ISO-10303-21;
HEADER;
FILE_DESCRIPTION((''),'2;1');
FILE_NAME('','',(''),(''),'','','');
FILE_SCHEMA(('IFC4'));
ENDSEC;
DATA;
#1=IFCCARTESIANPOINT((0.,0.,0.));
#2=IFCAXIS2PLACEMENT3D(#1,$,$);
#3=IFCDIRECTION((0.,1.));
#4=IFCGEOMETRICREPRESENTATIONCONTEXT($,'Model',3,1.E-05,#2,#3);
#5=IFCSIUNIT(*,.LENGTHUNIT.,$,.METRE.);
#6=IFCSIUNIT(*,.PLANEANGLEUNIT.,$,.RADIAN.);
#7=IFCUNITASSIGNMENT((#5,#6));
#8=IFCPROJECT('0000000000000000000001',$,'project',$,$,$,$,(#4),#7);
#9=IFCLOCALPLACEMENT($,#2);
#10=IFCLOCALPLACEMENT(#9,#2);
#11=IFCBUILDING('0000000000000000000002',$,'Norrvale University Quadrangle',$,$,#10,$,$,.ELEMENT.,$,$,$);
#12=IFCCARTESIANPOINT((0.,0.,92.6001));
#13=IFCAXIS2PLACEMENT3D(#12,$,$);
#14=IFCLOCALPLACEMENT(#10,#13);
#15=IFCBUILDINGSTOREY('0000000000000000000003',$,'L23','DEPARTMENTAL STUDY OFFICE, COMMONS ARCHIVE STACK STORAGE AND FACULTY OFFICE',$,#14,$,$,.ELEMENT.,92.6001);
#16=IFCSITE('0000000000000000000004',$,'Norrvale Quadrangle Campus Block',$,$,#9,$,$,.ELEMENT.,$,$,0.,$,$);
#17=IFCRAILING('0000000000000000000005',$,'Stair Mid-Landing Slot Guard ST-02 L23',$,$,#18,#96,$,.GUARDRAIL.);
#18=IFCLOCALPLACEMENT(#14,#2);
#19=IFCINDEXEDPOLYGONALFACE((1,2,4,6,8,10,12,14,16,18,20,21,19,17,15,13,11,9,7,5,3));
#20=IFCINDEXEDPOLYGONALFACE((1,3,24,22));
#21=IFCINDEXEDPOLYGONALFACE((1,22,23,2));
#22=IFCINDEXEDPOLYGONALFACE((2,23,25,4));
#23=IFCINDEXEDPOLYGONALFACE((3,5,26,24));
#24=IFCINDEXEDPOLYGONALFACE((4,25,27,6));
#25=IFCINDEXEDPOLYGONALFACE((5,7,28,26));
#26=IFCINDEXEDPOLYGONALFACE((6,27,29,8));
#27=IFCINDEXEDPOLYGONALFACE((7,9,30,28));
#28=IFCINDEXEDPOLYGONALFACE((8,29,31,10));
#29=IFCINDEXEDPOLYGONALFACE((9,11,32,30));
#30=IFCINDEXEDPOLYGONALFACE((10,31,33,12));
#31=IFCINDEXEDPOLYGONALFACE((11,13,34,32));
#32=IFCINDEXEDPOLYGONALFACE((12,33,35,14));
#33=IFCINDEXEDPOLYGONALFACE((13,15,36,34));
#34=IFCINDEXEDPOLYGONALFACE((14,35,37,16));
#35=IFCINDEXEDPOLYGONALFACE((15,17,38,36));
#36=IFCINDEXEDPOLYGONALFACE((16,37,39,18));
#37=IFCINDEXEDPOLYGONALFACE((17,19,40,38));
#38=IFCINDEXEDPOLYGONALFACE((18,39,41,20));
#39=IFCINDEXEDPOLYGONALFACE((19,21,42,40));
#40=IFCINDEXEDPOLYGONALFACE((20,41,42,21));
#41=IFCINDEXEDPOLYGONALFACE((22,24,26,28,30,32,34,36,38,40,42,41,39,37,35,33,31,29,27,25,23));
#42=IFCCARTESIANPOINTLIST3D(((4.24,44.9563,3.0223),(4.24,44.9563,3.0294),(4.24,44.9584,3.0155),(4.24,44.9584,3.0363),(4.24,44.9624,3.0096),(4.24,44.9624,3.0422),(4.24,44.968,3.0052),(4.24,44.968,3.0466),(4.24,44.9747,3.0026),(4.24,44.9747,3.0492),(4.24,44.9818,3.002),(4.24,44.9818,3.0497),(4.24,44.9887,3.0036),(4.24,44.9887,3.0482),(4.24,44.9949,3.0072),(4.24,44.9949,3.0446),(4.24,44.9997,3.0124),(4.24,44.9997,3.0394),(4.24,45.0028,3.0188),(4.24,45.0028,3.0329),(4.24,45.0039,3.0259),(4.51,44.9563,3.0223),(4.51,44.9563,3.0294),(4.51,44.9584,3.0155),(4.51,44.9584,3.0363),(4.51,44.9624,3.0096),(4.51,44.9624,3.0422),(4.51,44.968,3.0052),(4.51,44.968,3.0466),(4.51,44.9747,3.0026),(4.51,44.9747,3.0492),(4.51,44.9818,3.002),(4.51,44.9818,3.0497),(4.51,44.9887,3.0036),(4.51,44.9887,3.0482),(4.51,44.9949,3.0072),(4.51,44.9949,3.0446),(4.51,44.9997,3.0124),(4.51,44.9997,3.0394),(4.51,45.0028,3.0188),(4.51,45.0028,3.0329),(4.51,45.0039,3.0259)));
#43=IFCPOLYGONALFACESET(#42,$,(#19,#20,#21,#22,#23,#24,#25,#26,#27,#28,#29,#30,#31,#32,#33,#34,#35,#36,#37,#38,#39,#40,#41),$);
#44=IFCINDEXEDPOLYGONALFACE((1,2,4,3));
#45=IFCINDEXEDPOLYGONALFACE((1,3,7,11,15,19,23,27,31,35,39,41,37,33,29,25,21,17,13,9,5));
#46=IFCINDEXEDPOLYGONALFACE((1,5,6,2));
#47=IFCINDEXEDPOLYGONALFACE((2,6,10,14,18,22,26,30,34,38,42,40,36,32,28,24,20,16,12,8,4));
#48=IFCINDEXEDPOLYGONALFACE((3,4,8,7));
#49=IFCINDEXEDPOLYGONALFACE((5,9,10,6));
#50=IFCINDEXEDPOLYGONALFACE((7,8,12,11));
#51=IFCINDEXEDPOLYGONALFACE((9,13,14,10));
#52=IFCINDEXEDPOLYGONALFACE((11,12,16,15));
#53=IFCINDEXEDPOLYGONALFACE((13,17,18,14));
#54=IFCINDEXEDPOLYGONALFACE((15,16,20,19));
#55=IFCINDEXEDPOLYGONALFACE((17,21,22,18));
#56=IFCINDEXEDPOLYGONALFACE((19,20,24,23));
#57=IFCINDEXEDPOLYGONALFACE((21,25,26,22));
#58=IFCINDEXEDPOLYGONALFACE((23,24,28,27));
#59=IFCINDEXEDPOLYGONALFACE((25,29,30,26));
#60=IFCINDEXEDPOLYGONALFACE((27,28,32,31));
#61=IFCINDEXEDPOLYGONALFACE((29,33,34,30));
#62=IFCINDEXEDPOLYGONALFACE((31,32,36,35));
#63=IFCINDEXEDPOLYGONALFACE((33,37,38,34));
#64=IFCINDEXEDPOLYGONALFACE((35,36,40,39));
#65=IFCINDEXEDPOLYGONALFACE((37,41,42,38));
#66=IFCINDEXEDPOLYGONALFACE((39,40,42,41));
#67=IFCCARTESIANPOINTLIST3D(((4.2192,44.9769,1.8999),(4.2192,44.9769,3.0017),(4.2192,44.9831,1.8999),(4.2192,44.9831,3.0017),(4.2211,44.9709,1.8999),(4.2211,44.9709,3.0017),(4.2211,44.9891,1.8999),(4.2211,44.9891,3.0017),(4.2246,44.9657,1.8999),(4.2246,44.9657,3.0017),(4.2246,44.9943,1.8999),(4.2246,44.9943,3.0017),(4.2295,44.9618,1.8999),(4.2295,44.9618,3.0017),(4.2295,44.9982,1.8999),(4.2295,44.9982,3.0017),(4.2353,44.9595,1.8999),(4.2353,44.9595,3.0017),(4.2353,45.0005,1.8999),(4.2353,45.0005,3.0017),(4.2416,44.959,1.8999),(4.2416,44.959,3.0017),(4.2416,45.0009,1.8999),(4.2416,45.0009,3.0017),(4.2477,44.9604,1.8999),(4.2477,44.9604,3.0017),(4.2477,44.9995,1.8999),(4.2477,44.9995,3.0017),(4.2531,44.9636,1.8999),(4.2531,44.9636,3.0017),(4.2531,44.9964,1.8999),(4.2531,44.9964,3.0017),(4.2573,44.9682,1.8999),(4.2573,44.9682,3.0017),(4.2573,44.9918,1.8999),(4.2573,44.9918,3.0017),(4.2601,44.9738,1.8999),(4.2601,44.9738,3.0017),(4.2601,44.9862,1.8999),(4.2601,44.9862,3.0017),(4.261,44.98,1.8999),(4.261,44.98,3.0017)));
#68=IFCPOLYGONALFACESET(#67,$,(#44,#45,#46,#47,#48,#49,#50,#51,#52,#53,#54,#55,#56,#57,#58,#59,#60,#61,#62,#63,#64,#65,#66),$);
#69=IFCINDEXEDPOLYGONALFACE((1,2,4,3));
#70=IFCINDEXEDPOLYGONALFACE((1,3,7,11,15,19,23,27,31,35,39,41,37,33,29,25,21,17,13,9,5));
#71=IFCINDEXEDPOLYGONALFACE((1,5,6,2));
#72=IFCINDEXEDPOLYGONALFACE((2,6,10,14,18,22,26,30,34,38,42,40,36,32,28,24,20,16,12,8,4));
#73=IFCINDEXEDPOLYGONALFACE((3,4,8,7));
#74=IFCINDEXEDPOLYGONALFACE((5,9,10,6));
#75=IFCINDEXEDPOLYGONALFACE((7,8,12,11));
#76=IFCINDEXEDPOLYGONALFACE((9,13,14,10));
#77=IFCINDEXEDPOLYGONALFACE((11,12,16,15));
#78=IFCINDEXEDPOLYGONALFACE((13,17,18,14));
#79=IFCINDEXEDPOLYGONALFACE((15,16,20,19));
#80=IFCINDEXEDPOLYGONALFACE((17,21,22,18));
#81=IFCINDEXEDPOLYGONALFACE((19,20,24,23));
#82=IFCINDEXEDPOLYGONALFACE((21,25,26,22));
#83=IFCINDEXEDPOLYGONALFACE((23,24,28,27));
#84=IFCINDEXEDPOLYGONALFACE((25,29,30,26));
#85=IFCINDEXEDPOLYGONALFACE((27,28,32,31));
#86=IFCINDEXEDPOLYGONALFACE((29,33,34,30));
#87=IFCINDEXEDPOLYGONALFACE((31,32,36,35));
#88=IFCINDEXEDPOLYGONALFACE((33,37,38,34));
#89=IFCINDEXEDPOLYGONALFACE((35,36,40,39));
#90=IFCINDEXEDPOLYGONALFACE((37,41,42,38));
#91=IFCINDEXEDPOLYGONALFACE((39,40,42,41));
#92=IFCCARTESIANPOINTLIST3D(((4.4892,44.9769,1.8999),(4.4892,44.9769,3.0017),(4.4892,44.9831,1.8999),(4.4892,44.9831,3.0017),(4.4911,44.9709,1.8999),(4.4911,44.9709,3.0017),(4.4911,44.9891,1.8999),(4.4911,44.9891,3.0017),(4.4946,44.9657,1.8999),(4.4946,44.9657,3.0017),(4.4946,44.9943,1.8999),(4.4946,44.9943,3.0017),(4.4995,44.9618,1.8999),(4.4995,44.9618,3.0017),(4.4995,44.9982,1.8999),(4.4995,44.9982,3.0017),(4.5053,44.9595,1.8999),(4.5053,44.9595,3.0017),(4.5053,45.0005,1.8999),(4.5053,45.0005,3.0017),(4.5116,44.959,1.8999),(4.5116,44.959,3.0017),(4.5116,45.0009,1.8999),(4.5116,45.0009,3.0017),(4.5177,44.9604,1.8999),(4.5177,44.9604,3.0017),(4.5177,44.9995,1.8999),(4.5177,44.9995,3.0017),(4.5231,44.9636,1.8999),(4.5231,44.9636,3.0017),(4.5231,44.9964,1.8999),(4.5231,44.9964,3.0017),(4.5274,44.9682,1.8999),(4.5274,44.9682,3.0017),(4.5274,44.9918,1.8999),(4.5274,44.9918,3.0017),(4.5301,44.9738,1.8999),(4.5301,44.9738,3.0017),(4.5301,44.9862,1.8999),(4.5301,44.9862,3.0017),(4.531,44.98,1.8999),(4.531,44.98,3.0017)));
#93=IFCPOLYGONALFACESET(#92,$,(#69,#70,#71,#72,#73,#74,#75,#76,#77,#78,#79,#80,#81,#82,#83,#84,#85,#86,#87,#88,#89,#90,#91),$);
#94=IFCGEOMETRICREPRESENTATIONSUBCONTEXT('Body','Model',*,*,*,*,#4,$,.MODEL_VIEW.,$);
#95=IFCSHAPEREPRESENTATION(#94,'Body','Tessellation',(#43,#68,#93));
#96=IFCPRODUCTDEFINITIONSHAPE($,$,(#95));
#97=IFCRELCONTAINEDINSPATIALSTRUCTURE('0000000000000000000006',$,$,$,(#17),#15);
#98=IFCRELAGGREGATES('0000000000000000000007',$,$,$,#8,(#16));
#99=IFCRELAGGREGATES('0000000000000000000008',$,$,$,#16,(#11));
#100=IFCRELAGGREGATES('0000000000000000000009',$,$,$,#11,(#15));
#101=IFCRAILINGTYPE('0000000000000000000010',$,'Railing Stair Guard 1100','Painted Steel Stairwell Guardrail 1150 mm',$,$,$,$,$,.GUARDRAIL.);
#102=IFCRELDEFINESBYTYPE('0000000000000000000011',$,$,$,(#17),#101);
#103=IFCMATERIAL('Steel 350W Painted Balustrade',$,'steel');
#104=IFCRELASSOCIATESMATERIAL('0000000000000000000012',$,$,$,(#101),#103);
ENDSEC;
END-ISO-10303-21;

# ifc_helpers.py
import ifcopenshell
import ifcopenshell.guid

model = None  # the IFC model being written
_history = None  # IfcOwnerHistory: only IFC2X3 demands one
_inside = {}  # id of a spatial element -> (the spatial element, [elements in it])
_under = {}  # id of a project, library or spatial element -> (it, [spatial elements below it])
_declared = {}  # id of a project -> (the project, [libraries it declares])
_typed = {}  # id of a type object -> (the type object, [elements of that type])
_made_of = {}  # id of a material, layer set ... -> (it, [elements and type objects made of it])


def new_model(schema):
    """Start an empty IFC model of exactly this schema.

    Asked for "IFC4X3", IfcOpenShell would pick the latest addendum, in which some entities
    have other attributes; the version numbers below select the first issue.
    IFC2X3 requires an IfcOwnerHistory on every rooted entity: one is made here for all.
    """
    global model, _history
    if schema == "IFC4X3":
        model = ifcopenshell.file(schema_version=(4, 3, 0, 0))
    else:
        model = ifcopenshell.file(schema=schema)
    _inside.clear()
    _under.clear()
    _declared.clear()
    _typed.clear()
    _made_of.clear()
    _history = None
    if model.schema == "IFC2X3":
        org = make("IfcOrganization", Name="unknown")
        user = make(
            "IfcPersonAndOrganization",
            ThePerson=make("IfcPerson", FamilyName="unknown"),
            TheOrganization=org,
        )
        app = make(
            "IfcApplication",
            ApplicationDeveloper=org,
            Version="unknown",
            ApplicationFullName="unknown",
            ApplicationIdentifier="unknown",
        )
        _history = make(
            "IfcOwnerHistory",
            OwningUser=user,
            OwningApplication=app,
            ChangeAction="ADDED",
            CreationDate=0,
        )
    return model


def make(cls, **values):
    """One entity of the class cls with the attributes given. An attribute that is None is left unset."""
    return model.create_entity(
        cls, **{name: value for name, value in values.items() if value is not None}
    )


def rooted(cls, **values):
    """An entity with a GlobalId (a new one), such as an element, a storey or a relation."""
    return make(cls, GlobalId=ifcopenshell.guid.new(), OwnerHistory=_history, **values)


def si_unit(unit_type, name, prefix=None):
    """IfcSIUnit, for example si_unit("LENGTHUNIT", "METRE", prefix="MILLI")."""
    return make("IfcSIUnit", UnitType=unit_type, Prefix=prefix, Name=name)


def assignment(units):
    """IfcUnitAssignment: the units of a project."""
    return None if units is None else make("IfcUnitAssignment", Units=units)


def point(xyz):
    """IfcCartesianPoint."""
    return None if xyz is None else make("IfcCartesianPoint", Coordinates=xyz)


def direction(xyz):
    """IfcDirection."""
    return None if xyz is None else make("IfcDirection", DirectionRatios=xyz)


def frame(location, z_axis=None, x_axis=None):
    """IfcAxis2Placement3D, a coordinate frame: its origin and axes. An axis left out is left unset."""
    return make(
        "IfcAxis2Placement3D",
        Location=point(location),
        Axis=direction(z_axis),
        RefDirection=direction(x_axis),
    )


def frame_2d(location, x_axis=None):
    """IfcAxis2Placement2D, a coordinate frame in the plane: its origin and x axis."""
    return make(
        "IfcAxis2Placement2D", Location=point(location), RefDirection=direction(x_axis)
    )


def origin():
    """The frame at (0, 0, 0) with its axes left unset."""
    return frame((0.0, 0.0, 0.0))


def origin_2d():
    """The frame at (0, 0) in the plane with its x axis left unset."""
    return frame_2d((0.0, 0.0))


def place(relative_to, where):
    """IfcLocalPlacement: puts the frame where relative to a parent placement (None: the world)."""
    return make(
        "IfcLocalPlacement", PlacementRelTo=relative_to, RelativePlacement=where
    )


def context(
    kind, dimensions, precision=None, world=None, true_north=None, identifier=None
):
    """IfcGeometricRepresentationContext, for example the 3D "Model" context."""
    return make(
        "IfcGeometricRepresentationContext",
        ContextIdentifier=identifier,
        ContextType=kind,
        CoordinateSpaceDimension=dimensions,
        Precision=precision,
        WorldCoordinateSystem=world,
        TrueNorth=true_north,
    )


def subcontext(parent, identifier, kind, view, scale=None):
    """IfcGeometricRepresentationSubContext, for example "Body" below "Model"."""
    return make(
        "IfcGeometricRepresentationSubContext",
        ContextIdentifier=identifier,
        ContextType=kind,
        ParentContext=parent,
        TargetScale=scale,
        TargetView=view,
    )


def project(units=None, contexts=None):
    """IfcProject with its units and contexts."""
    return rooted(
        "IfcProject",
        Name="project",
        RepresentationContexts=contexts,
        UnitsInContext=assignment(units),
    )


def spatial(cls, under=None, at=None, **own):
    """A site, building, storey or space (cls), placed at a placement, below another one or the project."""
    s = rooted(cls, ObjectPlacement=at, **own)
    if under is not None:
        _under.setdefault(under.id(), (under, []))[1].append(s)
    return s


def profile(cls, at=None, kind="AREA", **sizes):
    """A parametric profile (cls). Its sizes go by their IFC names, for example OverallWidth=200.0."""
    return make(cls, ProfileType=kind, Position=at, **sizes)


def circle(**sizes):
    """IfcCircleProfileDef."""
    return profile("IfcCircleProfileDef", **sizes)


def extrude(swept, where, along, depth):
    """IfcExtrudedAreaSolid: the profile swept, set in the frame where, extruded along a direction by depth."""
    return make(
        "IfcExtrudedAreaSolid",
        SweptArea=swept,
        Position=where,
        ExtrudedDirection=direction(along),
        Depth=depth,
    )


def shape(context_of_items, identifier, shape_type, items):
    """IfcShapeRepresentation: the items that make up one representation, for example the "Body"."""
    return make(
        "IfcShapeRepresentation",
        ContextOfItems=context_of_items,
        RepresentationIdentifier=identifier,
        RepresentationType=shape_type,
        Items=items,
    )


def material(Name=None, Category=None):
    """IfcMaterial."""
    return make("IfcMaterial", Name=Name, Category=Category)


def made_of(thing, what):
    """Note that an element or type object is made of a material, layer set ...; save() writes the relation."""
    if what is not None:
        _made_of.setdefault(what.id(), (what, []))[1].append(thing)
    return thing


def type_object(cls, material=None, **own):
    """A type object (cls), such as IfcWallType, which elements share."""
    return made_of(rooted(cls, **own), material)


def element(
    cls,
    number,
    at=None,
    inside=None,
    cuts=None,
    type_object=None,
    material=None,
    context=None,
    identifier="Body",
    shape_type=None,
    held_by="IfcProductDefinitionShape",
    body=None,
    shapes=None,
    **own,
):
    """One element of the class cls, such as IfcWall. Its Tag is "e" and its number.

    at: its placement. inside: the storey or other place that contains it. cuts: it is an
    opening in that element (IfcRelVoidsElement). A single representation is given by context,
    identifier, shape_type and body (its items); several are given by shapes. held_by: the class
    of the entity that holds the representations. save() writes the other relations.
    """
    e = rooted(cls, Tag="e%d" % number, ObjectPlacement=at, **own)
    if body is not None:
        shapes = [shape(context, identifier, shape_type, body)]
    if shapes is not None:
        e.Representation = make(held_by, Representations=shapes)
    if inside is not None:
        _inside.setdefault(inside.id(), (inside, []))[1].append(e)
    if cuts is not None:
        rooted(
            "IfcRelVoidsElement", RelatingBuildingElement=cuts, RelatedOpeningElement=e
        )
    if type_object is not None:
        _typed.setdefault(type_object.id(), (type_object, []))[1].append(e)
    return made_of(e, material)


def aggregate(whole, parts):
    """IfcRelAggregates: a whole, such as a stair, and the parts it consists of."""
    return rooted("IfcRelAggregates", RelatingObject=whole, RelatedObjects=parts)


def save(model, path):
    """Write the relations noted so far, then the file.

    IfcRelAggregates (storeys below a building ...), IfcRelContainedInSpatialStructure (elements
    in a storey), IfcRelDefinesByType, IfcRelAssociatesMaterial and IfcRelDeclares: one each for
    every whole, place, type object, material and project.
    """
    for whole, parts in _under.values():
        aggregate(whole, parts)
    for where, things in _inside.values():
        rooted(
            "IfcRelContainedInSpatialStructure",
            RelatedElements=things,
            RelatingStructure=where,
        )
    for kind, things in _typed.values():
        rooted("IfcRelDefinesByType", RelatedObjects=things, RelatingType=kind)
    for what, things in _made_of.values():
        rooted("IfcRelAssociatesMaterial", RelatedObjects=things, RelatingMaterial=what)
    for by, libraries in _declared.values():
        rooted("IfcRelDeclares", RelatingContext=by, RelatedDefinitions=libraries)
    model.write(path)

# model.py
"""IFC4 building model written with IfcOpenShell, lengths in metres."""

from ifc_helpers import new_model, si_unit, direction, frame, origin, origin_2d, place, context, subcontext, project, spatial, circle, extrude, material, type_object, element, save


model = new_model("IFC4")

# Units and contexts
model_context = context("Model", 3, precision=1e-05, world=origin(), true_north=direction((0.0, 1.0)))
body_context = subcontext(model_context, "Body", "Model", "MODEL_VIEW")
ifc_project = project(units=[si_unit("LENGTHUNIT", "METRE"), si_unit("PLANEANGLEUNIT", "RADIAN")], contexts=[model_context])

# Site, building, storey
site_placement = place(None, origin())
site = spatial("IfcSite", under=ifc_project, at=site_placement, Name="Norrvale Quadrangle Campus Block", CompositionType="ELEMENT", RefElevation=0.0)
building_placement = place(site_placement, origin())
building = spatial("IfcBuilding", under=site, at=building_placement, Name="Norrvale University Quadrangle", CompositionType="ELEMENT")
storey_placement = place(building_placement, frame((0.0, 0.0, 92.6001)))
storey = spatial("IfcBuildingStorey", under=building, at=storey_placement, Name="L23", Description="DEPARTMENTAL STUDY OFFICE, COMMONS ARCHIVE STACK STORAGE AND FACULTY OFFICE", CompositionType="ELEMENT", Elevation=92.6001)

# Railing
ifc_material_1 = material(Name="Steel 350W Painted Balustrade", Category="steel")
railing_type_1 = type_object("IfcRailingType", Name="Railing Stair Guard 1100", Description="Painted Steel Stairwell Guardrail 1150 mm", PredefinedType="GUARDRAIL", material=ifc_material_1)
for number, where, name in (
    (1, (4.24, 44.98, 1.8999), "Stair Mid-Landing Slot Guard ST-02 L23"),
):
    element("IfcRailing", number, at=place(storey_placement, frame(where)), inside=storey, type_object=railing_type_1, Name=name, PredefinedType="GUARDRAIL", context=body_context, shape_type="SweptSolid", body=[
        extrude(circle(Radius=0.0239, at=origin_2d()), frame((0.0, 0.0, 1.126), z_axis=(1.0, 0.0, 0.0), x_axis=(0.0, 1.0, 0.0)), (0.0, 0.0, 1.0), 0.27),
        extrude(circle(Radius=0.021, at=origin_2d()), origin(), (0.0, 0.0, 1.0), 1.1018),
        extrude(circle(Radius=0.021, at=origin_2d()), frame((0.27, 0.0, 0.0)), (0.0, 0.0, 1.0), 1.1018),
    ])

save(model, "model.ifc")
